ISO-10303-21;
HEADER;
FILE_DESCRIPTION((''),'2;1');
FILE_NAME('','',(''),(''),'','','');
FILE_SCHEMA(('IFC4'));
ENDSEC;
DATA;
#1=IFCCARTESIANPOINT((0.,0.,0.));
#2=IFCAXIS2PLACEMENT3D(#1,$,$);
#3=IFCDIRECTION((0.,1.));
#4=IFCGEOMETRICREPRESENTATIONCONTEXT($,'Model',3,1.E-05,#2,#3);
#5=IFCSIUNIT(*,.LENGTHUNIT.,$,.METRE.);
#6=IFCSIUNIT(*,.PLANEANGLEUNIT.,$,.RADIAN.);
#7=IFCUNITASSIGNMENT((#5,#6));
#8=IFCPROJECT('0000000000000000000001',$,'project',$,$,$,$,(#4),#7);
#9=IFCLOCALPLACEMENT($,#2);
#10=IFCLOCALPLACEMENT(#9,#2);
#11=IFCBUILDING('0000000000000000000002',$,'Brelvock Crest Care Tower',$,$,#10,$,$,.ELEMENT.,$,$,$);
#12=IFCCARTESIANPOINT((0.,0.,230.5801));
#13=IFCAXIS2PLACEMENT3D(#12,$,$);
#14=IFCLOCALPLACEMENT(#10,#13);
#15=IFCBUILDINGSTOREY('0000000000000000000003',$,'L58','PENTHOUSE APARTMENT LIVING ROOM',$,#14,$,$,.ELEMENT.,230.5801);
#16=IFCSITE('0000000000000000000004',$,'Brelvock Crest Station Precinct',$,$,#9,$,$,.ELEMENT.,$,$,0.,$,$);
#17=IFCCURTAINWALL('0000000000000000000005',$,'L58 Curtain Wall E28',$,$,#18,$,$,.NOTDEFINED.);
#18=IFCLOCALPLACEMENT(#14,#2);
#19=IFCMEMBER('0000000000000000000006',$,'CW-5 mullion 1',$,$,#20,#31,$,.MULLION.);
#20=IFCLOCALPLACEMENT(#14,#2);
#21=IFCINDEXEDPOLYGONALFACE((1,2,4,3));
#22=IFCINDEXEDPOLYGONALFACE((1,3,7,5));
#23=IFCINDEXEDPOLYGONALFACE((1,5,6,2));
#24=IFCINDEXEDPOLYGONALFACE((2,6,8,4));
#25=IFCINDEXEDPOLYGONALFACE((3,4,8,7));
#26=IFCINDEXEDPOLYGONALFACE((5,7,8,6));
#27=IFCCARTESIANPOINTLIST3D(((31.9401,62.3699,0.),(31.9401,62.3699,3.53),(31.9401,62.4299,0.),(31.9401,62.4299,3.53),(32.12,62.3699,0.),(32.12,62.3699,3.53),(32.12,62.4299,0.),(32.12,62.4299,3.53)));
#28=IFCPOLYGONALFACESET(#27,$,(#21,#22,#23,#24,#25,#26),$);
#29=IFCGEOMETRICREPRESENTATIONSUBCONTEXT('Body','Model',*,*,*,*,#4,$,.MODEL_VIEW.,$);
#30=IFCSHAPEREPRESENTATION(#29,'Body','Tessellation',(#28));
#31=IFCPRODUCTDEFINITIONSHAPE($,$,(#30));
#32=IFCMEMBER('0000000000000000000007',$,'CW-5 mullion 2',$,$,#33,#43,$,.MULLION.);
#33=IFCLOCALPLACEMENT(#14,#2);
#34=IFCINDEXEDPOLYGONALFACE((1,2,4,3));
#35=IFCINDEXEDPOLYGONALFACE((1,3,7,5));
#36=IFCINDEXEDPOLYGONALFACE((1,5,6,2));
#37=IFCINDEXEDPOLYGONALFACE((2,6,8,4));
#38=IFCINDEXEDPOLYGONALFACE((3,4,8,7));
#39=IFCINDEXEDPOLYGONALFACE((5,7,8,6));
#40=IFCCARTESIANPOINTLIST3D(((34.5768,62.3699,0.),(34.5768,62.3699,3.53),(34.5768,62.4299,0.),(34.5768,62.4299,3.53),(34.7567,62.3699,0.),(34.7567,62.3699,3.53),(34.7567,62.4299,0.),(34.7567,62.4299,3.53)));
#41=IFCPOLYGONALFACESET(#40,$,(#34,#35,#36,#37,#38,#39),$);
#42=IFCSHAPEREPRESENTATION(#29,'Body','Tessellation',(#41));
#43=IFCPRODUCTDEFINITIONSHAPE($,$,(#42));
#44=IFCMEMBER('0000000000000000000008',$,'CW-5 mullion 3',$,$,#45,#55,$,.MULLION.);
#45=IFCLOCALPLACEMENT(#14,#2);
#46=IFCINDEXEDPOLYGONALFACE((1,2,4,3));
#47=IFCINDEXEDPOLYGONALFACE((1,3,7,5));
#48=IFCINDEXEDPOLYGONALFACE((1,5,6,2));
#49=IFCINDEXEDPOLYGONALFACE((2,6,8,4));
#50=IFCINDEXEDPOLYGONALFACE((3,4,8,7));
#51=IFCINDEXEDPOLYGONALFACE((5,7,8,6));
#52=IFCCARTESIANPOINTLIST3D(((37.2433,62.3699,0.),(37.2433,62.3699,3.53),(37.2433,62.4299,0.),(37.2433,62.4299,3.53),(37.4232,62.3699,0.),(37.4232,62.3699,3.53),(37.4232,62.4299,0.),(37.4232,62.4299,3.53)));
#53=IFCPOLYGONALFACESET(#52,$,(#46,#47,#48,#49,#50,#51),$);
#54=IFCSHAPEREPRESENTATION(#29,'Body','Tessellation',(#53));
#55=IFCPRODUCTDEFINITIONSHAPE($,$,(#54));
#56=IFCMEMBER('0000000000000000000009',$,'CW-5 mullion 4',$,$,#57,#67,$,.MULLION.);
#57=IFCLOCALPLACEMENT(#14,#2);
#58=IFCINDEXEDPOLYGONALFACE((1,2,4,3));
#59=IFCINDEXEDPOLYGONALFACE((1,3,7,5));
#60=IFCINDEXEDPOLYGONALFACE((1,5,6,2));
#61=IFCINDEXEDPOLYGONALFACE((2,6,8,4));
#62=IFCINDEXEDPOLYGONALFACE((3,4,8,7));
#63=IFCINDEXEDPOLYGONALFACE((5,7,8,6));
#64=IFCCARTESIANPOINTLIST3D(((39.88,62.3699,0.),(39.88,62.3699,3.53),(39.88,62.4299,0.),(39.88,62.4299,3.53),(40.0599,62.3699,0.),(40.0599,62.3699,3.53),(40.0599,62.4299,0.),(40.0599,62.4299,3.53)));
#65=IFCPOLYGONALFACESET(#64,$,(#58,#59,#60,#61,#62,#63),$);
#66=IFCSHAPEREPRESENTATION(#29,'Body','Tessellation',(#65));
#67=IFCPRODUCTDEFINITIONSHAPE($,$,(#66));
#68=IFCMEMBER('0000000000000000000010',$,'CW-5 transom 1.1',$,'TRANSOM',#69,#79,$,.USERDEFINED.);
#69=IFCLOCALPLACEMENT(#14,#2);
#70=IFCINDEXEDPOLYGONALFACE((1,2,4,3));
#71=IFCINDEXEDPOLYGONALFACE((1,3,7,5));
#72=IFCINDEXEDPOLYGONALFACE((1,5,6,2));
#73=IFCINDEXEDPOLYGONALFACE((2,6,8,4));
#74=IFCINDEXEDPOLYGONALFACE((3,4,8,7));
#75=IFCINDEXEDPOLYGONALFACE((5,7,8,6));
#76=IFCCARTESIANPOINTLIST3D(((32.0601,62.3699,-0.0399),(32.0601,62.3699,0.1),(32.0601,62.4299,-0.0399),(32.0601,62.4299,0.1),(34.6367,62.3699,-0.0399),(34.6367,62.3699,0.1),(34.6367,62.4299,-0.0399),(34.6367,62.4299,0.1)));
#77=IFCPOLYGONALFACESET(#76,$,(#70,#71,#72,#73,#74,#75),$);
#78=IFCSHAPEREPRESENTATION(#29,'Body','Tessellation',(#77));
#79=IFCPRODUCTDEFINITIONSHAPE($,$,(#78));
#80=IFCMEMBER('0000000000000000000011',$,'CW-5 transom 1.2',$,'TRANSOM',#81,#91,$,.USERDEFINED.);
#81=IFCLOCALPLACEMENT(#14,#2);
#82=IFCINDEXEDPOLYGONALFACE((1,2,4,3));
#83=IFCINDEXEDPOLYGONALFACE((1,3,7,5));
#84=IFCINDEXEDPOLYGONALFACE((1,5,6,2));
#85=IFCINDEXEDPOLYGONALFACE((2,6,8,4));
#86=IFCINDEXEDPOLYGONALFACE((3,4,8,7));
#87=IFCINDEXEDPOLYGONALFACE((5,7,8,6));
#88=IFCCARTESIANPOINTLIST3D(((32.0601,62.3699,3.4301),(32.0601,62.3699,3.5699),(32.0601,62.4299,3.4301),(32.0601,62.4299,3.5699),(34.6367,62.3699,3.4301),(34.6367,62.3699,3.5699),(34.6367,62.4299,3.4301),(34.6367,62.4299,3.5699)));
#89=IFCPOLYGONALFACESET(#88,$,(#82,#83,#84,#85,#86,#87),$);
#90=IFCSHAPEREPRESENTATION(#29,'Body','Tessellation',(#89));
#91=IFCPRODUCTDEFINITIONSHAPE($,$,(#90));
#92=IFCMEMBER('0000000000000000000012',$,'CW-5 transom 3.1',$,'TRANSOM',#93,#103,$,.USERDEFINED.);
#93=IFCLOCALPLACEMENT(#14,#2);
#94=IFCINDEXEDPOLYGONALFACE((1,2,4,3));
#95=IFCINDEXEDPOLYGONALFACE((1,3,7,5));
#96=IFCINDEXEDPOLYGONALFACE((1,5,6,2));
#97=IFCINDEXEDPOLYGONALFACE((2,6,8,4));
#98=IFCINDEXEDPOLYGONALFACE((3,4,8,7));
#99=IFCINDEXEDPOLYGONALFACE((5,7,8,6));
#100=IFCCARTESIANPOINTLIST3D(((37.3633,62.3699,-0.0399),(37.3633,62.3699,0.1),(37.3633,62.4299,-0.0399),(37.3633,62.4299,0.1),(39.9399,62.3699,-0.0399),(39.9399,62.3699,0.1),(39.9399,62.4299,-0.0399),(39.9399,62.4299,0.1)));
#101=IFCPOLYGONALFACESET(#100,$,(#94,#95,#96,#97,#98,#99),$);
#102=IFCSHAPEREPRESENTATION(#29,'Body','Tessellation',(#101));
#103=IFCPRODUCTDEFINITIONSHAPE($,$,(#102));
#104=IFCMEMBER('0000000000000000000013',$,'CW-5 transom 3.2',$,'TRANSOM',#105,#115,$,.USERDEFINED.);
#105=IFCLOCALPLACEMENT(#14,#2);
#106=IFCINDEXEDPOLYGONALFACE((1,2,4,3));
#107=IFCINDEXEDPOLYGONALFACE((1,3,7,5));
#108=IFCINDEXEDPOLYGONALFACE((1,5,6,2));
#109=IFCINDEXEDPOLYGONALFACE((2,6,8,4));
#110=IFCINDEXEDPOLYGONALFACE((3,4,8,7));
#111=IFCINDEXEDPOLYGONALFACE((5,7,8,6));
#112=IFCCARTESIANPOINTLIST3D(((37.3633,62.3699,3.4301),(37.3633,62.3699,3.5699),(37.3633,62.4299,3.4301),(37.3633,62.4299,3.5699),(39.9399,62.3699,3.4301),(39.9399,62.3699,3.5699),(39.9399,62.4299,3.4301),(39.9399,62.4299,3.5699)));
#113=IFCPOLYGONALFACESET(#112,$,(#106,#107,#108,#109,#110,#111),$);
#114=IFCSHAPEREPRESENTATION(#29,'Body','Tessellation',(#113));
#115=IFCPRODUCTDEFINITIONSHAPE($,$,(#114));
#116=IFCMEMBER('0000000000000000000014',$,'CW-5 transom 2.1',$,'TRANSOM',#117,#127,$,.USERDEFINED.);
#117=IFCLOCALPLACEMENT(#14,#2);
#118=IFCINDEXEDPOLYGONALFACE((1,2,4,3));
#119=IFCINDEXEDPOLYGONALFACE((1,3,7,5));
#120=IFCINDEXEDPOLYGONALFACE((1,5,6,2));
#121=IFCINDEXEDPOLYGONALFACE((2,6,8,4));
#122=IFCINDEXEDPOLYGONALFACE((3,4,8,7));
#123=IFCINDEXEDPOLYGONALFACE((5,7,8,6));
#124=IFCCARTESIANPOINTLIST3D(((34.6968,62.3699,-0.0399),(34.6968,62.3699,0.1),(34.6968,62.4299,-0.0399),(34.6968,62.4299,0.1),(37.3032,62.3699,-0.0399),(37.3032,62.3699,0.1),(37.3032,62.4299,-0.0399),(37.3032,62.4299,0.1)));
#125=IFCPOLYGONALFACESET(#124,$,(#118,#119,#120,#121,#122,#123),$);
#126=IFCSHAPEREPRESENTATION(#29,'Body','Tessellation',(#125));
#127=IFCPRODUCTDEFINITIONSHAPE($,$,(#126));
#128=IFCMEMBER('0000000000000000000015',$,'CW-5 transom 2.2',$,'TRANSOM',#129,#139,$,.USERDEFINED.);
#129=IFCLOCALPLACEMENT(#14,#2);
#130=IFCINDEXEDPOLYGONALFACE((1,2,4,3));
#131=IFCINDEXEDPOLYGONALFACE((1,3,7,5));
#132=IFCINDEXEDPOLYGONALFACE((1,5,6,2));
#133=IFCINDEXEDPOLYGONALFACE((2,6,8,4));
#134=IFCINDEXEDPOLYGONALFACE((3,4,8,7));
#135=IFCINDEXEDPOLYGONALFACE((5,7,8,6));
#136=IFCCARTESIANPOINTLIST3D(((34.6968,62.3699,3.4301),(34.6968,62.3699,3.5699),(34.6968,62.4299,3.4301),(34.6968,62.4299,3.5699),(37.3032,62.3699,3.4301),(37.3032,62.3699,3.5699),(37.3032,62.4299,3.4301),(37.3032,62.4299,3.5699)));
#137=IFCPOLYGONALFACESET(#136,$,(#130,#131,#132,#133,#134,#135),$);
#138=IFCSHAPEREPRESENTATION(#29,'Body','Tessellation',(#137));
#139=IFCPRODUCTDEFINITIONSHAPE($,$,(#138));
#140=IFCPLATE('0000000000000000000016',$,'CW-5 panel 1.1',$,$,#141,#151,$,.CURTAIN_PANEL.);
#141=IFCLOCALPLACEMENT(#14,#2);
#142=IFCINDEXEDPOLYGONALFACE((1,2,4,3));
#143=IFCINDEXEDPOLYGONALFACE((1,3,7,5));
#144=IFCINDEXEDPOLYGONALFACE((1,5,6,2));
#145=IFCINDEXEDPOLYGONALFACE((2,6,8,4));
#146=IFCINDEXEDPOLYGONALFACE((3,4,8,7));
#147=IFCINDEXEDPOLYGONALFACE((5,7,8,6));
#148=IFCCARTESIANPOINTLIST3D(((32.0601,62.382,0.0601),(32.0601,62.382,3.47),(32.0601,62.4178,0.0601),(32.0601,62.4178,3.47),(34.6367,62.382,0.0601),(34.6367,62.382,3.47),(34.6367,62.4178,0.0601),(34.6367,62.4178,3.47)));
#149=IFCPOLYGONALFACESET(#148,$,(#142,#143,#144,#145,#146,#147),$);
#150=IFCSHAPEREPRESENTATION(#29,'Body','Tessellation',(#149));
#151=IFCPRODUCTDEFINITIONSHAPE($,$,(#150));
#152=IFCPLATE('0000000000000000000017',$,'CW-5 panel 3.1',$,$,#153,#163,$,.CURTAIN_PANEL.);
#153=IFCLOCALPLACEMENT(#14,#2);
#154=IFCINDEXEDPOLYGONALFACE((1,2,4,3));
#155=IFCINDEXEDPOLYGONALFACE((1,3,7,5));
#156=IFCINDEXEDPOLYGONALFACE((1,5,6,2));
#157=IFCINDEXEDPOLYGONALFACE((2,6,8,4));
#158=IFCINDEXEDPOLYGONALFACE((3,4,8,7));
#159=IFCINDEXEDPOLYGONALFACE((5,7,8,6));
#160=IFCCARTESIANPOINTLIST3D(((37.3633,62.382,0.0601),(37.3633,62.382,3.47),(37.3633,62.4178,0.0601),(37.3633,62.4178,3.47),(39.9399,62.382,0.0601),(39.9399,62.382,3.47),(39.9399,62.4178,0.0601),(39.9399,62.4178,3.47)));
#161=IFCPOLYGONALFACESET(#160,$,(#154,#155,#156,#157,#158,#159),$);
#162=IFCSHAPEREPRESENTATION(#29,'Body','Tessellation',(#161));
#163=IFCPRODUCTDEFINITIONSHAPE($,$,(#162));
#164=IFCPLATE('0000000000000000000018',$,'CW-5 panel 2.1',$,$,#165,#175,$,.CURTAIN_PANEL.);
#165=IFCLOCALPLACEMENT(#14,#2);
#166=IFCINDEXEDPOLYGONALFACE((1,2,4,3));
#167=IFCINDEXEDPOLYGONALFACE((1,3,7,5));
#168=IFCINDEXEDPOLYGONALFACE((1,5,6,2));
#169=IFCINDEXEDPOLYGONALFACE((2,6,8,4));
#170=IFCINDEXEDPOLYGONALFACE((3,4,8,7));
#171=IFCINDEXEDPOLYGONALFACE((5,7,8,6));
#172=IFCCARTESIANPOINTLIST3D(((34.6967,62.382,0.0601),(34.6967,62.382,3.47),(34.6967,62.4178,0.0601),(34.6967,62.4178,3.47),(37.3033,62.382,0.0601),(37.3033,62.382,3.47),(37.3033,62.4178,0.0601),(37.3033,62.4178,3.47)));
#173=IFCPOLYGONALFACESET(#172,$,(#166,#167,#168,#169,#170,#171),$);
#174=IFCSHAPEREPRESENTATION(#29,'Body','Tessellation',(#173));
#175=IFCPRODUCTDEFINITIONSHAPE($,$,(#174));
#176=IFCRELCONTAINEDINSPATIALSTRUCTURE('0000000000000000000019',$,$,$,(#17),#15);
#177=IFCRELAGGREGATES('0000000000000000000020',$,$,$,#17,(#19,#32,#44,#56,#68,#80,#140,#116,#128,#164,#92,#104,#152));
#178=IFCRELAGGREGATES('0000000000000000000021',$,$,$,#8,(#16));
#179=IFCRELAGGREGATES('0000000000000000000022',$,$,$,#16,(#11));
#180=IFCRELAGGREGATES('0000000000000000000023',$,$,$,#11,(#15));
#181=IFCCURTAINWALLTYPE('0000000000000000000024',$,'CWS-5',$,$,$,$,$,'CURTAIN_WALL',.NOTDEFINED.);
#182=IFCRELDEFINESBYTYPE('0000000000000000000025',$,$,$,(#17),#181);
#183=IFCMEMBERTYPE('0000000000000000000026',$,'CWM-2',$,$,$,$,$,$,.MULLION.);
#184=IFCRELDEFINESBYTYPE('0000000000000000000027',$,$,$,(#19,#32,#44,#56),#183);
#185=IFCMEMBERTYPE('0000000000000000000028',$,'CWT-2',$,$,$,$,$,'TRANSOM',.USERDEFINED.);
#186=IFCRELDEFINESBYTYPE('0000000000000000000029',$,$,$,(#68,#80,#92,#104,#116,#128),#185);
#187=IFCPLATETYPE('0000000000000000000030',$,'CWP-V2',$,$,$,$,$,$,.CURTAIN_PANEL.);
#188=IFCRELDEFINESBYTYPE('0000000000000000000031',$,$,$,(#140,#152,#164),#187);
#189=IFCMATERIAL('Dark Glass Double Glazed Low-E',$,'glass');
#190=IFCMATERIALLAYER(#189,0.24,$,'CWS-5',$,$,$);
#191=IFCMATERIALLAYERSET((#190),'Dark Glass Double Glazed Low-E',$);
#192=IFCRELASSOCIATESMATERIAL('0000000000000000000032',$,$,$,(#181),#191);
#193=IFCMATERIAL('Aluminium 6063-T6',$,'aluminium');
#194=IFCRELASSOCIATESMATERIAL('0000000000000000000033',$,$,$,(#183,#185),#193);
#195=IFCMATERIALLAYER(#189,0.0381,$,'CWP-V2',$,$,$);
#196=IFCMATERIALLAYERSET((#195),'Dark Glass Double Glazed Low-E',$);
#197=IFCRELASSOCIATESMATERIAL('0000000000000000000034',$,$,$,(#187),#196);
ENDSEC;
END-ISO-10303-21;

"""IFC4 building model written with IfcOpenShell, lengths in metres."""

from ifc_helpers import new_model, si_unit, direction, frame, origin, origin_2d, place, context, subcontext, project, spatial, rectangle, extrude, source, transform, mapped, material, layer, layer_set, material_profile, profile_set, type_object, element, aggregate, save


model = new_model("IFC4")

# Units and contexts
model_context = context("Model", 3, precision=1e-05, world=origin(), true_north=direction((0.0, 1.0)))
body_context = subcontext(model_context, "Body", "Model", "MODEL_VIEW")
ifc_project = project(units=[si_unit("LENGTHUNIT", "METRE"), si_unit("PLANEANGLEUNIT", "RADIAN")], contexts=[model_context])

# Site, building, storey
site_placement = place(None, origin())
site = spatial("IfcSite", under=ifc_project, at=site_placement, Name="Brelvock Crest Station Precinct", CompositionType="ELEMENT", RefElevation=0.0)
building_placement = place(site_placement, origin())
building = spatial("IfcBuilding", under=site, at=building_placement, Name="Brelvock Crest Care Tower", CompositionType="ELEMENT")
storey_placement = place(building_placement, frame((0.0, 0.0, 230.5801)))
storey = spatial("IfcBuildingStorey", under=building, at=storey_placement, Name="L58", Description="PENTHOUSE APARTMENT LIVING ROOM", CompositionType="ELEMENT", Elevation=230.5801)

# Curtain wall, members, plates
ifc_material_1 = material(Name="Dark Glass Double Glazed Low-E", Category="glass")
ifc_layer_1 = layer(ifc_material_1, 0.24, Name="CWS-5")
ifc_layer_set_1 = layer_set([ifc_layer_1], Name="Dark Glass Double Glazed Low-E")
curtain_wall_type = type_object("IfcCurtainWallType", Name="CWS-5", ElementType="CURTAIN_WALL", PredefinedType="NOTDEFINED", material=ifc_layer_set_1)
curtain_wall_placement = place(storey_placement, origin())
curtain_wall = element("IfcCurtainWall", 1, at=curtain_wall_placement, inside=storey, type_object=curtain_wall_type, Name="L58 Curtain Wall E28", PredefinedType="NOTDEFINED")
ifc_material_2 = material(Name="Aluminium 6063-T6", Category="aluminium")
ifc_material_profile_1 = material_profile(ifc_material_2, rectangle(XDim=0.0601, YDim=0.1799, at=origin_2d()), Name="ALU60x180")
ifc_profile_set_1 = profile_set([ifc_material_profile_1], Name="Aluminium 6063-T6")
member_type_1 = type_object("IfcMemberType", Name="CWM-2", PredefinedType="MULLION", material=ifc_profile_set_1)
shared_shape_1 = source(origin(), body_context, "Body", "SweptSolid", [
    extrude(rectangle(XDim=0.0601, YDim=0.1799, at=origin_2d()), origin(), (0.0, 0.0, 1.0), 3.53),
])
member_1_placement = place(storey_placement, frame((32.03, 62.3999, 0.0), z_axis=(0.0, 0.0, 1.0), x_axis=(0.0, 1.0, 0.0)))
member_1 = element("IfcMember", 2, at=member_1_placement, type_object=member_type_1, Name="CW-5 mullion 1", PredefinedType="MULLION", context=body_context, shape_type="MappedRepresentation", body=[
    mapped(shared_shape_1, transform((0.0, 0.0, 0.0), x_axis=(1.0, 0.0, 0.0), y_axis=(0.0, 1.0, 0.0), z_axis=(0.0, 0.0, 1.0), scale=1.0)),
])
member_2_placement = place(storey_placement, frame((34.6667, 62.3999, 0.0), z_axis=(0.0, 0.0, 1.0), x_axis=(0.0, 1.0, 0.0)))
member_2 = element("IfcMember", 3, at=member_2_placement, type_object=member_type_1, Name="CW-5 mullion 2", PredefinedType="MULLION", context=body_context, shape_type="MappedRepresentation", body=[
    mapped(shared_shape_1, transform((0.0, 0.0, 0.0), x_axis=(1.0, 0.0, 0.0), y_axis=(0.0, 1.0, 0.0), z_axis=(0.0, 0.0, 1.0), scale=1.0)),
])
member_3_placement = place(storey_placement, frame((37.3333, 62.3999, 0.0), z_axis=(0.0, 0.0, 1.0), x_axis=(0.0, 1.0, 0.0)))
member_3 = element("IfcMember", 4, at=member_3_placement, type_object=member_type_1, Name="CW-5 mullion 3", PredefinedType="MULLION", context=body_context, shape_type="MappedRepresentation", body=[
    mapped(shared_shape_1, transform((0.0, 0.0, 0.0), x_axis=(1.0, 0.0, 0.0), y_axis=(0.0, 1.0, 0.0), z_axis=(0.0, 0.0, 1.0), scale=1.0)),
])
member_4_placement = place(storey_placement, frame((39.97, 62.3999, 0.0), z_axis=(0.0, 0.0, 1.0), x_axis=(0.0, 1.0, 0.0)))
member_4 = element("IfcMember", 5, at=member_4_placement, type_object=member_type_1, Name="CW-5 mullion 4", PredefinedType="MULLION", context=body_context, shape_type="MappedRepresentation", body=[
    mapped(shared_shape_1, transform((0.0, 0.0, 0.0), x_axis=(1.0, 0.0, 0.0), y_axis=(0.0, 1.0, 0.0), z_axis=(0.0, 0.0, 1.0), scale=1.0)),
])
ifc_material_profile_2 = material_profile(ifc_material_2, rectangle(XDim=0.0601, YDim=0.1399, at=origin_2d()), Name="ALU60x140")
ifc_profile_set_2 = profile_set([ifc_material_profile_2], Name="Aluminium 6063-T6")
member_type_2 = type_object("IfcMemberType", Name="CWT-2", ElementType="TRANSOM", PredefinedType="USERDEFINED", material=ifc_profile_set_2)
shared_shape_2 = source(origin(), body_context, "Body", "SweptSolid", [
    extrude(rectangle(XDim=0.0601, YDim=0.1399, at=origin_2d()), origin(), (0.0, 0.0, 1.0), 2.5767),
])
member_5_placement = place(storey_placement, frame((32.0601, 62.3999, 0.03), z_axis=(1.0, 0.0, 0.0), x_axis=(0.0, 1.0, 0.0)))
member_5 = element("IfcMember", 6, at=member_5_placement, type_object=member_type_2, Name="CW-5 transom 1.1", ObjectType="TRANSOM", PredefinedType="USERDEFINED", context=body_context, shape_type="MappedRepresentation", body=[
    mapped(shared_shape_2, transform((0.0, 0.0, 0.0), x_axis=(1.0, 0.0, 0.0), y_axis=(0.0, 1.0, 0.0), z_axis=(0.0, 0.0, 1.0), scale=1.0)),
])
member_6_placement = place(storey_placement, frame((32.0601, 62.3999, 3.5), z_axis=(1.0, 0.0, 0.0), x_axis=(0.0, 1.0, 0.0)))
member_6 = element("IfcMember", 7, at=member_6_placement, type_object=member_type_2, Name="CW-5 transom 1.2", ObjectType="TRANSOM", PredefinedType="USERDEFINED", context=body_context, shape_type="MappedRepresentation", body=[
    mapped(shared_shape_2, transform((0.0, 0.0, 0.0), x_axis=(1.0, 0.0, 0.0), y_axis=(0.0, 1.0, 0.0), z_axis=(0.0, 0.0, 1.0), scale=1.0)),
])
member_7_placement = place(storey_placement, frame((37.3633, 62.3999, 0.03), z_axis=(1.0, 0.0, 0.0), x_axis=(0.0, 1.0, 0.0)))
member_7 = element("IfcMember", 8, at=member_7_placement, type_object=member_type_2, Name="CW-5 transom 3.1", ObjectType="TRANSOM", PredefinedType="USERDEFINED", context=body_context, shape_type="MappedRepresentation", body=[
    mapped(shared_shape_2, transform((0.0, 0.0, 0.0), x_axis=(1.0, 0.0, 0.0), y_axis=(0.0, 1.0, 0.0), z_axis=(0.0, 0.0, 1.0), scale=1.0)),
])
member_8_placement = place(storey_placement, frame((37.3633, 62.3999, 3.5), z_axis=(1.0, 0.0, 0.0), x_axis=(0.0, 1.0, 0.0)))
member_8 = element("IfcMember", 9, at=member_8_placement, type_object=member_type_2, Name="CW-5 transom 3.2", ObjectType="TRANSOM", PredefinedType="USERDEFINED", context=body_context, shape_type="MappedRepresentation", body=[
    mapped(shared_shape_2, transform((0.0, 0.0, 0.0), x_axis=(1.0, 0.0, 0.0), y_axis=(0.0, 1.0, 0.0), z_axis=(0.0, 0.0, 1.0), scale=1.0)),
])
shared_shape_3 = source(origin(), body_context, "Body", "SweptSolid", [
    extrude(rectangle(XDim=0.0601, YDim=0.1399, at=origin_2d()), origin(), (0.0, 0.0, 1.0), 2.6064),
])
member_9_placement = place(storey_placement, frame((34.6968, 62.3999, 0.03), z_axis=(1.0, 0.0, 0.0), x_axis=(0.0, 1.0, 0.0)))
member_9 = element("IfcMember", 10, at=member_9_placement, type_object=member_type_2, Name="CW-5 transom 2.1", ObjectType="TRANSOM", PredefinedType="USERDEFINED", context=body_context, shape_type="MappedRepresentation", body=[
    mapped(shared_shape_3, transform((0.0, 0.0, 0.0), x_axis=(1.0, 0.0, 0.0), y_axis=(0.0, 1.0, 0.0), z_axis=(0.0, 0.0, 1.0), scale=1.0)),
])
member_10_placement = place(storey_placement, frame((34.6968, 62.3999, 3.5), z_axis=(1.0, 0.0, 0.0), x_axis=(0.0, 1.0, 0.0)))
member_10 = element("IfcMember", 11, at=member_10_placement, type_object=member_type_2, Name="CW-5 transom 2.2", ObjectType="TRANSOM", PredefinedType="USERDEFINED", context=body_context, shape_type="MappedRepresentation", body=[
    mapped(shared_shape_3, transform((0.0, 0.0, 0.0), x_axis=(1.0, 0.0, 0.0), y_axis=(0.0, 1.0, 0.0), z_axis=(0.0, 0.0, 1.0), scale=1.0)),
])
ifc_layer_2 = layer(ifc_material_1, 0.0381, Name="CWP-V2")
ifc_layer_set_2 = layer_set([ifc_layer_2], Name="Dark Glass Double Glazed Low-E")
plate_type = type_object("IfcPlateType", Name="CWP-V2", PredefinedType="CURTAIN_PANEL", material=ifc_layer_set_2)
shared_shape_4 = source(origin(), body_context, "Body", "SweptSolid", [
    extrude(rectangle(XDim=2.5767, YDim=0.0359, at=origin_2d()), origin(), (0.0, 0.0, 1.0), 3.4099),
])
plate_1_placement = place(storey_placement, frame((33.3484, 62.3999, 0.0601), z_axis=(0.0, 0.0, 1.0), x_axis=(1.0, 0.0, 0.0)))
plate_1 = element("IfcPlate", 12, at=plate_1_placement, type_object=plate_type, Name="CW-5 panel 1.1", PredefinedType="CURTAIN_PANEL", context=body_context, shape_type="MappedRepresentation", body=[
    mapped(shared_shape_4, transform((0.0, 0.0, 0.0), x_axis=(1.0, 0.0, 0.0), y_axis=(0.0, 1.0, 0.0), z_axis=(0.0, 0.0, 1.0), scale=1.0)),
])
plate_2_placement = place(storey_placement, frame((38.6516, 62.3999, 0.0601), z_axis=(0.0, 0.0, 1.0), x_axis=(1.0, 0.0, 0.0)))
plate_2 = element("IfcPlate", 13, at=plate_2_placement, type_object=plate_type, Name="CW-5 panel 3.1", PredefinedType="CURTAIN_PANEL", context=body_context, shape_type="MappedRepresentation", body=[
    mapped(shared_shape_4, transform((0.0, 0.0, 0.0), x_axis=(1.0, 0.0, 0.0), y_axis=(0.0, 1.0, 0.0), z_axis=(0.0, 0.0, 1.0), scale=1.0)),
])
shared_shape_5 = source(origin(), body_context, "Body", "SweptSolid", [
    extrude(rectangle(XDim=2.6067, YDim=0.0359, at=origin_2d()), origin(), (0.0, 0.0, 1.0), 3.4099),
])
plate_3_placement = place(storey_placement, frame((36.0, 62.3999, 0.0601), z_axis=(0.0, 0.0, 1.0), x_axis=(1.0, 0.0, 0.0)))
plate_3 = element("IfcPlate", 14, at=plate_3_placement, type_object=plate_type, Name="CW-5 panel 2.1", PredefinedType="CURTAIN_PANEL", context=body_context, shape_type="MappedRepresentation", body=[
    mapped(shared_shape_5, transform((0.0, 0.0, 0.0), x_axis=(1.0, 0.0, 0.0), y_axis=(0.0, 1.0, 0.0), z_axis=(0.0, 0.0, 1.0), scale=1.0)),
])
aggregate(curtain_wall, [member_1, member_2, member_3, member_4, member_5, member_6, plate_1, member_9, member_10, plate_3, member_7, member_8, plate_2])

save(model, "model.ifc")
